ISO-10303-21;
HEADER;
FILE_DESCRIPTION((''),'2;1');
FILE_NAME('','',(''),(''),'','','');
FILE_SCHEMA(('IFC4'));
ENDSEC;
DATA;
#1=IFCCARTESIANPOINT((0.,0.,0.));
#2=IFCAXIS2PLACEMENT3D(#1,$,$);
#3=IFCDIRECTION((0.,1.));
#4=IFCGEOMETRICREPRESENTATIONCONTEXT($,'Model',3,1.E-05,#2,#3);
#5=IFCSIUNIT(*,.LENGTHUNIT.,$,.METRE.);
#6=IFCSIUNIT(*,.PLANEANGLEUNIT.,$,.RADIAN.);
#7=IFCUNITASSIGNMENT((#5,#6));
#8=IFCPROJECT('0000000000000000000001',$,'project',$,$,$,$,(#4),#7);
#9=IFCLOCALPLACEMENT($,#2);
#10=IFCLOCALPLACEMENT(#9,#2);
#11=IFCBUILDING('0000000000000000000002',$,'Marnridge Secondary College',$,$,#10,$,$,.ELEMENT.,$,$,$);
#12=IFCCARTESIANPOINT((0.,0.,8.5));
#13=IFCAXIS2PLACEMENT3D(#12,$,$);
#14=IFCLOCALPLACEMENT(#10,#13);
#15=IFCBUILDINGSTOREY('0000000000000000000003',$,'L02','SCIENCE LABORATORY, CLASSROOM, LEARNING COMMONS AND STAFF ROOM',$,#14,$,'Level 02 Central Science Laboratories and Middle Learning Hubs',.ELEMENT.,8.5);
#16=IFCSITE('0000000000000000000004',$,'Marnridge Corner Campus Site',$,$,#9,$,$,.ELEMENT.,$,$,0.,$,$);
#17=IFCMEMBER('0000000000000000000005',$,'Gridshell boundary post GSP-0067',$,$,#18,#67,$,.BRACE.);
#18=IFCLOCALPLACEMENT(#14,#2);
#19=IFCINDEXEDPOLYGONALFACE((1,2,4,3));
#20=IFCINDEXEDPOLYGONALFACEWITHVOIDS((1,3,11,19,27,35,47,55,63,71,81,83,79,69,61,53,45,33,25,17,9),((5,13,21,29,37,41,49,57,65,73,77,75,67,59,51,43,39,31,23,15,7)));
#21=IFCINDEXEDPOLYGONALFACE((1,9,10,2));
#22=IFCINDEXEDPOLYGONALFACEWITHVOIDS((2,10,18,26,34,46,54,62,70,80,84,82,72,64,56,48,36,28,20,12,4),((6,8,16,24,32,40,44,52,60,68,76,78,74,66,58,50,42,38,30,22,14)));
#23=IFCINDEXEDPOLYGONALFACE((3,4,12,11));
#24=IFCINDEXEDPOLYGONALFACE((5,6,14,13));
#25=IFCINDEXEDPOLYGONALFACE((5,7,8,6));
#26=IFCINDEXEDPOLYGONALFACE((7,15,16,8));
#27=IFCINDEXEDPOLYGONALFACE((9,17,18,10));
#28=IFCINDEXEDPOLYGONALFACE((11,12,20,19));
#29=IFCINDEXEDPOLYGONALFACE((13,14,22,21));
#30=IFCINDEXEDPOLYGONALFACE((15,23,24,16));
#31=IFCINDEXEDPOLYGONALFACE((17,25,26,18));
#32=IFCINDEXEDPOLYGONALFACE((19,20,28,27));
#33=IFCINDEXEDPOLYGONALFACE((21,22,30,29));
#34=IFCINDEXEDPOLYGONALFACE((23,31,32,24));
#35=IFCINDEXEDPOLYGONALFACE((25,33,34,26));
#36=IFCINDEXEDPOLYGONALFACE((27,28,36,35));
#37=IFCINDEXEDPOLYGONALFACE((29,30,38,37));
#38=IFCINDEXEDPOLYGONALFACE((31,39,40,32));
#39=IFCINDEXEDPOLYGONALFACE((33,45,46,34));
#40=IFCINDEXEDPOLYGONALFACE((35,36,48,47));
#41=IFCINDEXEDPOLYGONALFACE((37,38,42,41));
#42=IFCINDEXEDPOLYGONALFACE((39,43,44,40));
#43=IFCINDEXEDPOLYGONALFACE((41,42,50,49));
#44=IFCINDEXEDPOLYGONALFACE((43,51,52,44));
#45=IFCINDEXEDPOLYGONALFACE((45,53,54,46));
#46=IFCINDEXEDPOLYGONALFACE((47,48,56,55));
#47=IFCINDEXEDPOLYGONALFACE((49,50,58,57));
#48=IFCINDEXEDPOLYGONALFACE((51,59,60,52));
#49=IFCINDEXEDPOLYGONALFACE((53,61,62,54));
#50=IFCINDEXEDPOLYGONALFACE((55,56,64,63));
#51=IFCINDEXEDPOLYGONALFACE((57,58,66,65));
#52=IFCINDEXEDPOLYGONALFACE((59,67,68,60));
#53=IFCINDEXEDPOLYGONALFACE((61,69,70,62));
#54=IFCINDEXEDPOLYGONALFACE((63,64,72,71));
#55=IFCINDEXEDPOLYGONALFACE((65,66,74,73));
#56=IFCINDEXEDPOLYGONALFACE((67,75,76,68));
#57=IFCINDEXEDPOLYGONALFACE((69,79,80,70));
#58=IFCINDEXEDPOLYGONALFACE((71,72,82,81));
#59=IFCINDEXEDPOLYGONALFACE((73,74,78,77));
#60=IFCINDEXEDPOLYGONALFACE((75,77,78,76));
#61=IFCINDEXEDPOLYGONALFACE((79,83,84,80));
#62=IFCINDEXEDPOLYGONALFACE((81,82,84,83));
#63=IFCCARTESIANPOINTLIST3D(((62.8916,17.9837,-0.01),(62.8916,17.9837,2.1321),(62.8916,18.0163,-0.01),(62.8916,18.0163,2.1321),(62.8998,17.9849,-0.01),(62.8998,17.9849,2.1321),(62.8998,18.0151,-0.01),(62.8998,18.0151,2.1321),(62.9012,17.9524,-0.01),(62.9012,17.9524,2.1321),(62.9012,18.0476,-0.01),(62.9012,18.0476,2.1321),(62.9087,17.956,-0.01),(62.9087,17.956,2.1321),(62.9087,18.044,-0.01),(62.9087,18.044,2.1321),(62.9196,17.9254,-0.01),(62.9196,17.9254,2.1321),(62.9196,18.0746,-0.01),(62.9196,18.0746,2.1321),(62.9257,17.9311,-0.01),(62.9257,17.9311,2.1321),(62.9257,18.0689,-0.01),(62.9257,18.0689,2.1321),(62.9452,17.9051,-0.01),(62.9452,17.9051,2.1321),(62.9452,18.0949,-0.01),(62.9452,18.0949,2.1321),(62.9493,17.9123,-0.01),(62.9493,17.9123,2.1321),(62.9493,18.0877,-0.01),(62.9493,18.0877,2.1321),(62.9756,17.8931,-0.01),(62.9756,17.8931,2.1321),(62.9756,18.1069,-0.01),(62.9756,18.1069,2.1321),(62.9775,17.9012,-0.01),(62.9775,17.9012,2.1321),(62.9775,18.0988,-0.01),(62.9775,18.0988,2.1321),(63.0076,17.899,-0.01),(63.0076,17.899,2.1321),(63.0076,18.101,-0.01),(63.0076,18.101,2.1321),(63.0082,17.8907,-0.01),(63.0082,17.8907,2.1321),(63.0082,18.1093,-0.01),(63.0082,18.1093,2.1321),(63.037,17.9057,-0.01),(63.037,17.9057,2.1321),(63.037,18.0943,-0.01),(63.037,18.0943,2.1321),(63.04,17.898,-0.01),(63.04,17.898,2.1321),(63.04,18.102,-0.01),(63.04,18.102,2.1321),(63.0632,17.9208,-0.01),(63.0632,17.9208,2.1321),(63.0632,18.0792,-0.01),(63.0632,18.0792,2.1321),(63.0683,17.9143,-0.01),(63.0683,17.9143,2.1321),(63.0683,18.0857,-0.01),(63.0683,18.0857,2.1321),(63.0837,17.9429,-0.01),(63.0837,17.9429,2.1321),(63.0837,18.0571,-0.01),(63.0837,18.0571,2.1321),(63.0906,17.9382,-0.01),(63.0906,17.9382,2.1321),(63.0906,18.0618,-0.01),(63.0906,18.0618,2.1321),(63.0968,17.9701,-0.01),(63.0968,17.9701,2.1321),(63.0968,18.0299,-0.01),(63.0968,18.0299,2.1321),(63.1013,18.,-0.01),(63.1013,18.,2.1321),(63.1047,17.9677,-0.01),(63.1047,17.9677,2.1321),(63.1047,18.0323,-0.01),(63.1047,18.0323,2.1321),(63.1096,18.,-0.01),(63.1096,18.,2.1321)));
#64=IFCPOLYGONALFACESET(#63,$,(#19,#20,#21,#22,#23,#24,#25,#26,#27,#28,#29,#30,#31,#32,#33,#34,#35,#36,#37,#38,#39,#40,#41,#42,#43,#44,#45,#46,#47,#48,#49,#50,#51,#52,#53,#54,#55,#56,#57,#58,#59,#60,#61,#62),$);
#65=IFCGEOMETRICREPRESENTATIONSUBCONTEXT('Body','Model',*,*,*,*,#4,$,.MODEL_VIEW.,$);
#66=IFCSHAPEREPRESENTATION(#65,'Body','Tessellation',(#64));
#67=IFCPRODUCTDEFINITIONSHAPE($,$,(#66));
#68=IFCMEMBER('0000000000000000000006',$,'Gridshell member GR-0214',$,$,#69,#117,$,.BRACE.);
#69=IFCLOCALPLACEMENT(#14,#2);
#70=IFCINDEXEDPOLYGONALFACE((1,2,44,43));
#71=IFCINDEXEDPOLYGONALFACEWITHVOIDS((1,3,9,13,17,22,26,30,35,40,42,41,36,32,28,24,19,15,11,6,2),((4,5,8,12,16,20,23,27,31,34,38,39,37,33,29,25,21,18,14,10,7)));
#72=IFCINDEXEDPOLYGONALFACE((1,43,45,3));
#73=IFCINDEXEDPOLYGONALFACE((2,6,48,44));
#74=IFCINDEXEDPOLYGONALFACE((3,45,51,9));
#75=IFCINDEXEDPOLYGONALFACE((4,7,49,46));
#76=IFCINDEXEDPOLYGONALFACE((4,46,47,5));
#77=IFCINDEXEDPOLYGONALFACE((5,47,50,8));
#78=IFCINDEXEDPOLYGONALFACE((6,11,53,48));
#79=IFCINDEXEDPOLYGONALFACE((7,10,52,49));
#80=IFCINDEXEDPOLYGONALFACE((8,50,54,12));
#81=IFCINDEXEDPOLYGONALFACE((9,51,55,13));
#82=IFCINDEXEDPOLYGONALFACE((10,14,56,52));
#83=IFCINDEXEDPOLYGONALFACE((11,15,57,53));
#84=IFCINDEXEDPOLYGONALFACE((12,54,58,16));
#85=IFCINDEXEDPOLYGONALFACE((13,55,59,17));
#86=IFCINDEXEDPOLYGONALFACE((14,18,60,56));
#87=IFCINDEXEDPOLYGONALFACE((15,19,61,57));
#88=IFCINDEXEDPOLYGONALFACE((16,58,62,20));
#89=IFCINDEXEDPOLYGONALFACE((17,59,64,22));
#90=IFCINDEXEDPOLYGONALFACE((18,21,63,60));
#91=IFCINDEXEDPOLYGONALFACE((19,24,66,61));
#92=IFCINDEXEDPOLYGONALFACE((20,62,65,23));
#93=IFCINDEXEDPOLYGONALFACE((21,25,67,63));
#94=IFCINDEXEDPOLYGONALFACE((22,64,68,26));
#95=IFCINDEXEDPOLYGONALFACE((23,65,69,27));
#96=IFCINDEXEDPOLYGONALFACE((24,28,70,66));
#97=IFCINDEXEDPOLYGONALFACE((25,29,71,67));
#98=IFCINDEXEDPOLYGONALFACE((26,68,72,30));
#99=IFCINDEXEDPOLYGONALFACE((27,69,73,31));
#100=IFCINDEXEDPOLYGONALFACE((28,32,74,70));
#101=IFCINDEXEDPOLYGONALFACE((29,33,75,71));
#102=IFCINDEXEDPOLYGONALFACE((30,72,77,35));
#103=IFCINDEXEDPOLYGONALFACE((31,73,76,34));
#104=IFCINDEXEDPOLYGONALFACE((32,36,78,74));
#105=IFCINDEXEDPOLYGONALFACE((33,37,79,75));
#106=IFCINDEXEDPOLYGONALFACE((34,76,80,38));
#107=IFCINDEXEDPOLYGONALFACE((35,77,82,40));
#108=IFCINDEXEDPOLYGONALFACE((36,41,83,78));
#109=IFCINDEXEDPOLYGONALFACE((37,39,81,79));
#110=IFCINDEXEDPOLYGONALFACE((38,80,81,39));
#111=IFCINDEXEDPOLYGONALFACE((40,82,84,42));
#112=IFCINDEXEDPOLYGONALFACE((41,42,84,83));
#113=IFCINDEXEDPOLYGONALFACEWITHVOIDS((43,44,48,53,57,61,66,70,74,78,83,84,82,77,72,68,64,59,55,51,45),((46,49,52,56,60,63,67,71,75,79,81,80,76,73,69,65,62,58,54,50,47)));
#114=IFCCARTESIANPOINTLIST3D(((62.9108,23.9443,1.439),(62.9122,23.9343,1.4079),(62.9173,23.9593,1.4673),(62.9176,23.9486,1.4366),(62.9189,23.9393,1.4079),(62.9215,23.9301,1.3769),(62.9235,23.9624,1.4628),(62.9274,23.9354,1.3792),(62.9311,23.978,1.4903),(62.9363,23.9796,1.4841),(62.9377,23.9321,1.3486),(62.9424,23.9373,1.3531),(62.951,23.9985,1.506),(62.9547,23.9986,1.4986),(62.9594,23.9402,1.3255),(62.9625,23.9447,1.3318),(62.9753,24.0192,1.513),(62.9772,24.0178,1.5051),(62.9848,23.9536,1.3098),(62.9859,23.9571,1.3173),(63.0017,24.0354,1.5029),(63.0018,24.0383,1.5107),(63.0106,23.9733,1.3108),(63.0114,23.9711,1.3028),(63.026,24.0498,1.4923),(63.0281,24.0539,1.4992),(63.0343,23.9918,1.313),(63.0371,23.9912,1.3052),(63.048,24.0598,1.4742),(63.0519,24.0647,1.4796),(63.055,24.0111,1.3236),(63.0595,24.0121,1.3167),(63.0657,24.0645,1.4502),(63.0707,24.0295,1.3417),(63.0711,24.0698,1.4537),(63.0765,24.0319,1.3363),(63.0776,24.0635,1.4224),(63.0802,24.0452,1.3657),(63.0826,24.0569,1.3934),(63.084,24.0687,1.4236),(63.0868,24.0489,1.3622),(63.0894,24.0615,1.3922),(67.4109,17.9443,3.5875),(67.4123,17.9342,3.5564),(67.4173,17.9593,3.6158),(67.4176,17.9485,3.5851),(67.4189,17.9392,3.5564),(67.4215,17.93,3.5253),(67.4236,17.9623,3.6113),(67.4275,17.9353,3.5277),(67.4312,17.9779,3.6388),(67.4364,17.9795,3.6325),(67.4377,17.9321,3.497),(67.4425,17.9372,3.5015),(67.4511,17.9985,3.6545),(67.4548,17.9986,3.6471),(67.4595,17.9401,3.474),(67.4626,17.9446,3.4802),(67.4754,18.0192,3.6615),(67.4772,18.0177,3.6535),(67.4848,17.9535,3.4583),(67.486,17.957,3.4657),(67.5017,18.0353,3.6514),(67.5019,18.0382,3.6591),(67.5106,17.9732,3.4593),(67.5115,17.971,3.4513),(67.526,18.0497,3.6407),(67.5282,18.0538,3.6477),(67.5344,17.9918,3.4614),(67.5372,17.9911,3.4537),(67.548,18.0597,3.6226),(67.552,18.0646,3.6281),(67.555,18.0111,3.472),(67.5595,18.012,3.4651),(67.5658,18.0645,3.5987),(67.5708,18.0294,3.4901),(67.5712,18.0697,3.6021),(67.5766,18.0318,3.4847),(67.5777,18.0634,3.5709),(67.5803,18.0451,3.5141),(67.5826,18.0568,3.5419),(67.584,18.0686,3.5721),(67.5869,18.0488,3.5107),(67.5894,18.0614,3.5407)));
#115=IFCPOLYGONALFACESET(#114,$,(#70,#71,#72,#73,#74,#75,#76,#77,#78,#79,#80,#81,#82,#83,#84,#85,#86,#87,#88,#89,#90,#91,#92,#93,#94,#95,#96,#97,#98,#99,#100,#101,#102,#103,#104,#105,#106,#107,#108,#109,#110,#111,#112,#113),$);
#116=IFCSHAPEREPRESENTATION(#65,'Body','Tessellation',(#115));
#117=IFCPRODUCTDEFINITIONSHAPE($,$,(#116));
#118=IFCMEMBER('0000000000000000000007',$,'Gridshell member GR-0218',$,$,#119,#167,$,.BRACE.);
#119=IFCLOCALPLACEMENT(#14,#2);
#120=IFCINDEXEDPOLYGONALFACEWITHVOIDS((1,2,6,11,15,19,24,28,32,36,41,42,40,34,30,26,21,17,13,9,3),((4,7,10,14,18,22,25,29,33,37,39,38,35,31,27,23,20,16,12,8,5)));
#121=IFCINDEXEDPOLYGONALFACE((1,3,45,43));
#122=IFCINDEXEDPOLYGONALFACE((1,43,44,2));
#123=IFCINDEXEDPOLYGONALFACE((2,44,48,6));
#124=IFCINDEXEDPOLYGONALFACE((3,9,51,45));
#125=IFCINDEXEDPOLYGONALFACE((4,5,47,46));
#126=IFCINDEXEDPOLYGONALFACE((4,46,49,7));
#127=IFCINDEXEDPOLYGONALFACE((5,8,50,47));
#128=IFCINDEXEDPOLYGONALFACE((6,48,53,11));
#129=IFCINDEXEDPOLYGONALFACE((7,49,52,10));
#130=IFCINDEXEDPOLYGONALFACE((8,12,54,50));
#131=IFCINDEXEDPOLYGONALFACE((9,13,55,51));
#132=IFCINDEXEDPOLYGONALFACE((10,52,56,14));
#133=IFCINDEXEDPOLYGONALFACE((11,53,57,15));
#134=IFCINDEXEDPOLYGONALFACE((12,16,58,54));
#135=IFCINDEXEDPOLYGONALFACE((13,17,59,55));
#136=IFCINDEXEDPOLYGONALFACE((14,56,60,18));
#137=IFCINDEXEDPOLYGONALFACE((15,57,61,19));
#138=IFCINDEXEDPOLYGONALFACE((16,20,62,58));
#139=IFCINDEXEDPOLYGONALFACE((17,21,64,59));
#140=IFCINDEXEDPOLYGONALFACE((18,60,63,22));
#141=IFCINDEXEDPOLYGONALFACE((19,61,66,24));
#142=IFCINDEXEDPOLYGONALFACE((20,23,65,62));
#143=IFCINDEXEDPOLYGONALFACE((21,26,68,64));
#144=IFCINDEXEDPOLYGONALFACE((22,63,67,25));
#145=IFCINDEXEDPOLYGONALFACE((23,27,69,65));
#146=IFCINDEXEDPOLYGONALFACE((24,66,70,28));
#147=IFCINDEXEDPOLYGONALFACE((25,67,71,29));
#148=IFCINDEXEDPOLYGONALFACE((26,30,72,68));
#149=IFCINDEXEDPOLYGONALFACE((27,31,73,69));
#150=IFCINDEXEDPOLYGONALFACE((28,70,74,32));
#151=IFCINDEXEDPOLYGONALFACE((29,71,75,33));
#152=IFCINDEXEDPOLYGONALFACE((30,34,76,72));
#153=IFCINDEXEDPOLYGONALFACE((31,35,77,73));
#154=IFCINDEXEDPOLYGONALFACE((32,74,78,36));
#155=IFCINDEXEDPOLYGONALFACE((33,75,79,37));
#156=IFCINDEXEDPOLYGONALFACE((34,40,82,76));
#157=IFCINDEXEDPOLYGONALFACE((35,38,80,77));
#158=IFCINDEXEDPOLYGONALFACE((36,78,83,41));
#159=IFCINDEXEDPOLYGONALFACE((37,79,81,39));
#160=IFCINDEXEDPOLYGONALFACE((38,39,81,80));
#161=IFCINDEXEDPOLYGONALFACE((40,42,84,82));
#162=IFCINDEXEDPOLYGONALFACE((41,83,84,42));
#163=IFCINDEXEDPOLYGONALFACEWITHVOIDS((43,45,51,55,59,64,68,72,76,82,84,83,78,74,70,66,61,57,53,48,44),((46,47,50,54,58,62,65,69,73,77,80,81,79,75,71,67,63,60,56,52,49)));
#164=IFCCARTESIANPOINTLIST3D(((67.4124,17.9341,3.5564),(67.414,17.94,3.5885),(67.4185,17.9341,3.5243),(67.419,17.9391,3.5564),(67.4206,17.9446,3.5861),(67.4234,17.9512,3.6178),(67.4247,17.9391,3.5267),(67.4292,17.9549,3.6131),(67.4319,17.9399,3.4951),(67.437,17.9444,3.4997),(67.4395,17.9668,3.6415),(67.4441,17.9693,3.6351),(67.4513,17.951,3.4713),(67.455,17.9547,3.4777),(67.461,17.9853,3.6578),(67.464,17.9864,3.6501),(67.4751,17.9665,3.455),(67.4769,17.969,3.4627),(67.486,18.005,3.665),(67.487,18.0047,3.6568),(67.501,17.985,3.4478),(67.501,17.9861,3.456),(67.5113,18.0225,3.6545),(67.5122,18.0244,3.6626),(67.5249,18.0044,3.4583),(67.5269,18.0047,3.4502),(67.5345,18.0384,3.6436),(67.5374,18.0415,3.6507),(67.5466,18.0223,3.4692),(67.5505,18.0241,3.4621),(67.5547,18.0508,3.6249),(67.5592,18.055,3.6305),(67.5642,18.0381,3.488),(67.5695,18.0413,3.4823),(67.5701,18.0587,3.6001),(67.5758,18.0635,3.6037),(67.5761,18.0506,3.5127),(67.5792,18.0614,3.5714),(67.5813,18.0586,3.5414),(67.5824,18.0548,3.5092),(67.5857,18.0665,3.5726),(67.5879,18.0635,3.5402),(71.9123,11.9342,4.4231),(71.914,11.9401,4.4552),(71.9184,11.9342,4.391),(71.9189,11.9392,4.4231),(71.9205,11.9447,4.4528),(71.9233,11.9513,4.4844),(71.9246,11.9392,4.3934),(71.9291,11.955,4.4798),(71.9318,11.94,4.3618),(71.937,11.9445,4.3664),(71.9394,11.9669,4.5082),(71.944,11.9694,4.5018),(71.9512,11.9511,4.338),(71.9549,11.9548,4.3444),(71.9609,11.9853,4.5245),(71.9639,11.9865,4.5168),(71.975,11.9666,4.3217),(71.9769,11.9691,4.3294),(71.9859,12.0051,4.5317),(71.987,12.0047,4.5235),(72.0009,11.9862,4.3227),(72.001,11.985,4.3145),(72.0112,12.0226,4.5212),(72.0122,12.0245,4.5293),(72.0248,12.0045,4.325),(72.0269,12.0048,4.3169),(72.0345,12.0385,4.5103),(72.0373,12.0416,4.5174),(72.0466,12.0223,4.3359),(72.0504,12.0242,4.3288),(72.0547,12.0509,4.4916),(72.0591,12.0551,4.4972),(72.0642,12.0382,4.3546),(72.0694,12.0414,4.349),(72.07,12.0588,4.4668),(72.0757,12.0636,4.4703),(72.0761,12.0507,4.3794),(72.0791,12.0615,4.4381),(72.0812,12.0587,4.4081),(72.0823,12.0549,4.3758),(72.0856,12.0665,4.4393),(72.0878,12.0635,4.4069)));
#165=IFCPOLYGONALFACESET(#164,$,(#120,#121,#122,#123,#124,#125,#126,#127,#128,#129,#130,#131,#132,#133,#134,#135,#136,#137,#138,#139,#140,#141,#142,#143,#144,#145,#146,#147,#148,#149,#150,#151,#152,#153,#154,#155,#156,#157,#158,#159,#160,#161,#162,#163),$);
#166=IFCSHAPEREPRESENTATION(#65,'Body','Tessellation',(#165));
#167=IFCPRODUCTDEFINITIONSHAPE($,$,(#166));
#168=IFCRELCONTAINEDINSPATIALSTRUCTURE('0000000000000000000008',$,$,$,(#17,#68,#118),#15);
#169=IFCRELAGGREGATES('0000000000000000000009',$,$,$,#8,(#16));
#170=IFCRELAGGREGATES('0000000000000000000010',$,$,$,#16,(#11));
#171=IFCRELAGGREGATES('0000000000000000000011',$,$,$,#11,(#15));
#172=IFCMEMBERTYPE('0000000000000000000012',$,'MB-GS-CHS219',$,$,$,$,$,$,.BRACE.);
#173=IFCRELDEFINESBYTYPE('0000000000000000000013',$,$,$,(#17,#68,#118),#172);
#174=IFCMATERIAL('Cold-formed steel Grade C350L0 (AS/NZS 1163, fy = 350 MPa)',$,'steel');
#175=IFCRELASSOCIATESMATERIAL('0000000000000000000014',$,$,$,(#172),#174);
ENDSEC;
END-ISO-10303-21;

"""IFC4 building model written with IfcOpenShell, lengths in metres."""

from ifc_helpers import new_model, si_unit, direction, frame, origin, origin_2d, place, context, subcontext, project, spatial, hollow_circle, extrude, material, material_profile, profile_set, type_object, element, save


model = new_model("IFC4")

# Units and contexts
model_context = context("Model", 3, precision=1e-05, world=origin(), true_north=direction((0.0, 1.0)))
body_context = subcontext(model_context, "Body", "Model", "MODEL_VIEW")
ifc_project = project(units=[si_unit("LENGTHUNIT", "METRE"), si_unit("PLANEANGLEUNIT", "RADIAN")], contexts=[model_context])

# Site, building, storey
site_placement = place(None, origin())
site = spatial("IfcSite", under=ifc_project, at=site_placement, Name="Marnridge Corner Campus Site", CompositionType="ELEMENT", RefElevation=0.0)
building_placement = place(site_placement, origin())
building = spatial("IfcBuilding", under=site, at=building_placement, Name="Marnridge Secondary College", CompositionType="ELEMENT")
storey_placement = place(building_placement, frame((0.0, 0.0, 8.5)))
storey = spatial("IfcBuildingStorey", under=building, at=storey_placement, Name="L02", Description="SCIENCE LABORATORY, CLASSROOM, LEARNING COMMONS AND STAFF ROOM", LongName="Level 02 Central Science Laboratories and Middle Learning Hubs", CompositionType="ELEMENT", Elevation=8.5)

# Members
ifc_material_1 = material(Name="Cold-formed steel Grade C350L0 (AS/NZS 1163, fy = 350 MPa)", Category="steel")
ifc_material_profile_1 = material_profile(ifc_material_1, hollow_circle(Radius=0.1096, WallThickness=0.0083, at=origin_2d()), Name="219.1x8.2CHS")
ifc_profile_set_1 = profile_set([ifc_material_profile_1], Name="Cold-formed steel Grade C350L0 (AS/NZS 1163, fy = 350 MPa)")
member_type_1 = type_object("IfcMemberType", Name="MB-GS-CHS219", PredefinedType="BRACE", material=ifc_profile_set_1)
member_1_placement = place(storey_placement, frame((63.0, 18.0, -0.01), z_axis=(0.0, 0.0, 1.0), x_axis=(1.0, 0.0, 0.0)))
element("IfcMember", 1, at=member_1_placement, inside=storey, type_object=member_type_1, Name="Gridshell boundary post GSP-0067", PredefinedType="BRACE", context=body_context, shape_type="SweptSolid", body=[
    extrude(hollow_circle(Radius=0.1096, WallThickness=0.0083, at=origin_2d()), origin(), (0.0, 0.0, 1.0), 2.1421),
])
member_2_placement = place(storey_placement, frame((67.5, 18.0, 3.5564), z_axis=(-0.576801, 0.769068, -0.275382), x_axis=(-0.8, -0.6, 0.0)))
element("IfcMember", 2, at=member_2_placement, inside=storey, type_object=member_type_1, Name="Gridshell member GR-0214", PredefinedType="BRACE", context=body_context, shape_type="SweptSolid", body=[
    extrude(hollow_circle(Radius=0.1096, WallThickness=0.0083, at=origin_2d()), origin(), (0.0, 0.0, 1.0), 7.8018),
])
member_3_placement = place(storey_placement, frame((72.0, 12.0, 4.4231), z_axis=(-0.596033, 0.794711, -0.114796), x_axis=(-0.8, -0.6, 0.0)))
element("IfcMember", 3, at=member_3_placement, inside=storey, type_object=member_type_1, Name="Gridshell member GR-0218", PredefinedType="BRACE", context=body_context, shape_type="SweptSolid", body=[
    extrude(hollow_circle(Radius=0.1096, WallThickness=0.0083, at=origin_2d()), origin(), (0.0, 0.0, 1.0), 7.5498),
])

save(model, "model.ifc")
